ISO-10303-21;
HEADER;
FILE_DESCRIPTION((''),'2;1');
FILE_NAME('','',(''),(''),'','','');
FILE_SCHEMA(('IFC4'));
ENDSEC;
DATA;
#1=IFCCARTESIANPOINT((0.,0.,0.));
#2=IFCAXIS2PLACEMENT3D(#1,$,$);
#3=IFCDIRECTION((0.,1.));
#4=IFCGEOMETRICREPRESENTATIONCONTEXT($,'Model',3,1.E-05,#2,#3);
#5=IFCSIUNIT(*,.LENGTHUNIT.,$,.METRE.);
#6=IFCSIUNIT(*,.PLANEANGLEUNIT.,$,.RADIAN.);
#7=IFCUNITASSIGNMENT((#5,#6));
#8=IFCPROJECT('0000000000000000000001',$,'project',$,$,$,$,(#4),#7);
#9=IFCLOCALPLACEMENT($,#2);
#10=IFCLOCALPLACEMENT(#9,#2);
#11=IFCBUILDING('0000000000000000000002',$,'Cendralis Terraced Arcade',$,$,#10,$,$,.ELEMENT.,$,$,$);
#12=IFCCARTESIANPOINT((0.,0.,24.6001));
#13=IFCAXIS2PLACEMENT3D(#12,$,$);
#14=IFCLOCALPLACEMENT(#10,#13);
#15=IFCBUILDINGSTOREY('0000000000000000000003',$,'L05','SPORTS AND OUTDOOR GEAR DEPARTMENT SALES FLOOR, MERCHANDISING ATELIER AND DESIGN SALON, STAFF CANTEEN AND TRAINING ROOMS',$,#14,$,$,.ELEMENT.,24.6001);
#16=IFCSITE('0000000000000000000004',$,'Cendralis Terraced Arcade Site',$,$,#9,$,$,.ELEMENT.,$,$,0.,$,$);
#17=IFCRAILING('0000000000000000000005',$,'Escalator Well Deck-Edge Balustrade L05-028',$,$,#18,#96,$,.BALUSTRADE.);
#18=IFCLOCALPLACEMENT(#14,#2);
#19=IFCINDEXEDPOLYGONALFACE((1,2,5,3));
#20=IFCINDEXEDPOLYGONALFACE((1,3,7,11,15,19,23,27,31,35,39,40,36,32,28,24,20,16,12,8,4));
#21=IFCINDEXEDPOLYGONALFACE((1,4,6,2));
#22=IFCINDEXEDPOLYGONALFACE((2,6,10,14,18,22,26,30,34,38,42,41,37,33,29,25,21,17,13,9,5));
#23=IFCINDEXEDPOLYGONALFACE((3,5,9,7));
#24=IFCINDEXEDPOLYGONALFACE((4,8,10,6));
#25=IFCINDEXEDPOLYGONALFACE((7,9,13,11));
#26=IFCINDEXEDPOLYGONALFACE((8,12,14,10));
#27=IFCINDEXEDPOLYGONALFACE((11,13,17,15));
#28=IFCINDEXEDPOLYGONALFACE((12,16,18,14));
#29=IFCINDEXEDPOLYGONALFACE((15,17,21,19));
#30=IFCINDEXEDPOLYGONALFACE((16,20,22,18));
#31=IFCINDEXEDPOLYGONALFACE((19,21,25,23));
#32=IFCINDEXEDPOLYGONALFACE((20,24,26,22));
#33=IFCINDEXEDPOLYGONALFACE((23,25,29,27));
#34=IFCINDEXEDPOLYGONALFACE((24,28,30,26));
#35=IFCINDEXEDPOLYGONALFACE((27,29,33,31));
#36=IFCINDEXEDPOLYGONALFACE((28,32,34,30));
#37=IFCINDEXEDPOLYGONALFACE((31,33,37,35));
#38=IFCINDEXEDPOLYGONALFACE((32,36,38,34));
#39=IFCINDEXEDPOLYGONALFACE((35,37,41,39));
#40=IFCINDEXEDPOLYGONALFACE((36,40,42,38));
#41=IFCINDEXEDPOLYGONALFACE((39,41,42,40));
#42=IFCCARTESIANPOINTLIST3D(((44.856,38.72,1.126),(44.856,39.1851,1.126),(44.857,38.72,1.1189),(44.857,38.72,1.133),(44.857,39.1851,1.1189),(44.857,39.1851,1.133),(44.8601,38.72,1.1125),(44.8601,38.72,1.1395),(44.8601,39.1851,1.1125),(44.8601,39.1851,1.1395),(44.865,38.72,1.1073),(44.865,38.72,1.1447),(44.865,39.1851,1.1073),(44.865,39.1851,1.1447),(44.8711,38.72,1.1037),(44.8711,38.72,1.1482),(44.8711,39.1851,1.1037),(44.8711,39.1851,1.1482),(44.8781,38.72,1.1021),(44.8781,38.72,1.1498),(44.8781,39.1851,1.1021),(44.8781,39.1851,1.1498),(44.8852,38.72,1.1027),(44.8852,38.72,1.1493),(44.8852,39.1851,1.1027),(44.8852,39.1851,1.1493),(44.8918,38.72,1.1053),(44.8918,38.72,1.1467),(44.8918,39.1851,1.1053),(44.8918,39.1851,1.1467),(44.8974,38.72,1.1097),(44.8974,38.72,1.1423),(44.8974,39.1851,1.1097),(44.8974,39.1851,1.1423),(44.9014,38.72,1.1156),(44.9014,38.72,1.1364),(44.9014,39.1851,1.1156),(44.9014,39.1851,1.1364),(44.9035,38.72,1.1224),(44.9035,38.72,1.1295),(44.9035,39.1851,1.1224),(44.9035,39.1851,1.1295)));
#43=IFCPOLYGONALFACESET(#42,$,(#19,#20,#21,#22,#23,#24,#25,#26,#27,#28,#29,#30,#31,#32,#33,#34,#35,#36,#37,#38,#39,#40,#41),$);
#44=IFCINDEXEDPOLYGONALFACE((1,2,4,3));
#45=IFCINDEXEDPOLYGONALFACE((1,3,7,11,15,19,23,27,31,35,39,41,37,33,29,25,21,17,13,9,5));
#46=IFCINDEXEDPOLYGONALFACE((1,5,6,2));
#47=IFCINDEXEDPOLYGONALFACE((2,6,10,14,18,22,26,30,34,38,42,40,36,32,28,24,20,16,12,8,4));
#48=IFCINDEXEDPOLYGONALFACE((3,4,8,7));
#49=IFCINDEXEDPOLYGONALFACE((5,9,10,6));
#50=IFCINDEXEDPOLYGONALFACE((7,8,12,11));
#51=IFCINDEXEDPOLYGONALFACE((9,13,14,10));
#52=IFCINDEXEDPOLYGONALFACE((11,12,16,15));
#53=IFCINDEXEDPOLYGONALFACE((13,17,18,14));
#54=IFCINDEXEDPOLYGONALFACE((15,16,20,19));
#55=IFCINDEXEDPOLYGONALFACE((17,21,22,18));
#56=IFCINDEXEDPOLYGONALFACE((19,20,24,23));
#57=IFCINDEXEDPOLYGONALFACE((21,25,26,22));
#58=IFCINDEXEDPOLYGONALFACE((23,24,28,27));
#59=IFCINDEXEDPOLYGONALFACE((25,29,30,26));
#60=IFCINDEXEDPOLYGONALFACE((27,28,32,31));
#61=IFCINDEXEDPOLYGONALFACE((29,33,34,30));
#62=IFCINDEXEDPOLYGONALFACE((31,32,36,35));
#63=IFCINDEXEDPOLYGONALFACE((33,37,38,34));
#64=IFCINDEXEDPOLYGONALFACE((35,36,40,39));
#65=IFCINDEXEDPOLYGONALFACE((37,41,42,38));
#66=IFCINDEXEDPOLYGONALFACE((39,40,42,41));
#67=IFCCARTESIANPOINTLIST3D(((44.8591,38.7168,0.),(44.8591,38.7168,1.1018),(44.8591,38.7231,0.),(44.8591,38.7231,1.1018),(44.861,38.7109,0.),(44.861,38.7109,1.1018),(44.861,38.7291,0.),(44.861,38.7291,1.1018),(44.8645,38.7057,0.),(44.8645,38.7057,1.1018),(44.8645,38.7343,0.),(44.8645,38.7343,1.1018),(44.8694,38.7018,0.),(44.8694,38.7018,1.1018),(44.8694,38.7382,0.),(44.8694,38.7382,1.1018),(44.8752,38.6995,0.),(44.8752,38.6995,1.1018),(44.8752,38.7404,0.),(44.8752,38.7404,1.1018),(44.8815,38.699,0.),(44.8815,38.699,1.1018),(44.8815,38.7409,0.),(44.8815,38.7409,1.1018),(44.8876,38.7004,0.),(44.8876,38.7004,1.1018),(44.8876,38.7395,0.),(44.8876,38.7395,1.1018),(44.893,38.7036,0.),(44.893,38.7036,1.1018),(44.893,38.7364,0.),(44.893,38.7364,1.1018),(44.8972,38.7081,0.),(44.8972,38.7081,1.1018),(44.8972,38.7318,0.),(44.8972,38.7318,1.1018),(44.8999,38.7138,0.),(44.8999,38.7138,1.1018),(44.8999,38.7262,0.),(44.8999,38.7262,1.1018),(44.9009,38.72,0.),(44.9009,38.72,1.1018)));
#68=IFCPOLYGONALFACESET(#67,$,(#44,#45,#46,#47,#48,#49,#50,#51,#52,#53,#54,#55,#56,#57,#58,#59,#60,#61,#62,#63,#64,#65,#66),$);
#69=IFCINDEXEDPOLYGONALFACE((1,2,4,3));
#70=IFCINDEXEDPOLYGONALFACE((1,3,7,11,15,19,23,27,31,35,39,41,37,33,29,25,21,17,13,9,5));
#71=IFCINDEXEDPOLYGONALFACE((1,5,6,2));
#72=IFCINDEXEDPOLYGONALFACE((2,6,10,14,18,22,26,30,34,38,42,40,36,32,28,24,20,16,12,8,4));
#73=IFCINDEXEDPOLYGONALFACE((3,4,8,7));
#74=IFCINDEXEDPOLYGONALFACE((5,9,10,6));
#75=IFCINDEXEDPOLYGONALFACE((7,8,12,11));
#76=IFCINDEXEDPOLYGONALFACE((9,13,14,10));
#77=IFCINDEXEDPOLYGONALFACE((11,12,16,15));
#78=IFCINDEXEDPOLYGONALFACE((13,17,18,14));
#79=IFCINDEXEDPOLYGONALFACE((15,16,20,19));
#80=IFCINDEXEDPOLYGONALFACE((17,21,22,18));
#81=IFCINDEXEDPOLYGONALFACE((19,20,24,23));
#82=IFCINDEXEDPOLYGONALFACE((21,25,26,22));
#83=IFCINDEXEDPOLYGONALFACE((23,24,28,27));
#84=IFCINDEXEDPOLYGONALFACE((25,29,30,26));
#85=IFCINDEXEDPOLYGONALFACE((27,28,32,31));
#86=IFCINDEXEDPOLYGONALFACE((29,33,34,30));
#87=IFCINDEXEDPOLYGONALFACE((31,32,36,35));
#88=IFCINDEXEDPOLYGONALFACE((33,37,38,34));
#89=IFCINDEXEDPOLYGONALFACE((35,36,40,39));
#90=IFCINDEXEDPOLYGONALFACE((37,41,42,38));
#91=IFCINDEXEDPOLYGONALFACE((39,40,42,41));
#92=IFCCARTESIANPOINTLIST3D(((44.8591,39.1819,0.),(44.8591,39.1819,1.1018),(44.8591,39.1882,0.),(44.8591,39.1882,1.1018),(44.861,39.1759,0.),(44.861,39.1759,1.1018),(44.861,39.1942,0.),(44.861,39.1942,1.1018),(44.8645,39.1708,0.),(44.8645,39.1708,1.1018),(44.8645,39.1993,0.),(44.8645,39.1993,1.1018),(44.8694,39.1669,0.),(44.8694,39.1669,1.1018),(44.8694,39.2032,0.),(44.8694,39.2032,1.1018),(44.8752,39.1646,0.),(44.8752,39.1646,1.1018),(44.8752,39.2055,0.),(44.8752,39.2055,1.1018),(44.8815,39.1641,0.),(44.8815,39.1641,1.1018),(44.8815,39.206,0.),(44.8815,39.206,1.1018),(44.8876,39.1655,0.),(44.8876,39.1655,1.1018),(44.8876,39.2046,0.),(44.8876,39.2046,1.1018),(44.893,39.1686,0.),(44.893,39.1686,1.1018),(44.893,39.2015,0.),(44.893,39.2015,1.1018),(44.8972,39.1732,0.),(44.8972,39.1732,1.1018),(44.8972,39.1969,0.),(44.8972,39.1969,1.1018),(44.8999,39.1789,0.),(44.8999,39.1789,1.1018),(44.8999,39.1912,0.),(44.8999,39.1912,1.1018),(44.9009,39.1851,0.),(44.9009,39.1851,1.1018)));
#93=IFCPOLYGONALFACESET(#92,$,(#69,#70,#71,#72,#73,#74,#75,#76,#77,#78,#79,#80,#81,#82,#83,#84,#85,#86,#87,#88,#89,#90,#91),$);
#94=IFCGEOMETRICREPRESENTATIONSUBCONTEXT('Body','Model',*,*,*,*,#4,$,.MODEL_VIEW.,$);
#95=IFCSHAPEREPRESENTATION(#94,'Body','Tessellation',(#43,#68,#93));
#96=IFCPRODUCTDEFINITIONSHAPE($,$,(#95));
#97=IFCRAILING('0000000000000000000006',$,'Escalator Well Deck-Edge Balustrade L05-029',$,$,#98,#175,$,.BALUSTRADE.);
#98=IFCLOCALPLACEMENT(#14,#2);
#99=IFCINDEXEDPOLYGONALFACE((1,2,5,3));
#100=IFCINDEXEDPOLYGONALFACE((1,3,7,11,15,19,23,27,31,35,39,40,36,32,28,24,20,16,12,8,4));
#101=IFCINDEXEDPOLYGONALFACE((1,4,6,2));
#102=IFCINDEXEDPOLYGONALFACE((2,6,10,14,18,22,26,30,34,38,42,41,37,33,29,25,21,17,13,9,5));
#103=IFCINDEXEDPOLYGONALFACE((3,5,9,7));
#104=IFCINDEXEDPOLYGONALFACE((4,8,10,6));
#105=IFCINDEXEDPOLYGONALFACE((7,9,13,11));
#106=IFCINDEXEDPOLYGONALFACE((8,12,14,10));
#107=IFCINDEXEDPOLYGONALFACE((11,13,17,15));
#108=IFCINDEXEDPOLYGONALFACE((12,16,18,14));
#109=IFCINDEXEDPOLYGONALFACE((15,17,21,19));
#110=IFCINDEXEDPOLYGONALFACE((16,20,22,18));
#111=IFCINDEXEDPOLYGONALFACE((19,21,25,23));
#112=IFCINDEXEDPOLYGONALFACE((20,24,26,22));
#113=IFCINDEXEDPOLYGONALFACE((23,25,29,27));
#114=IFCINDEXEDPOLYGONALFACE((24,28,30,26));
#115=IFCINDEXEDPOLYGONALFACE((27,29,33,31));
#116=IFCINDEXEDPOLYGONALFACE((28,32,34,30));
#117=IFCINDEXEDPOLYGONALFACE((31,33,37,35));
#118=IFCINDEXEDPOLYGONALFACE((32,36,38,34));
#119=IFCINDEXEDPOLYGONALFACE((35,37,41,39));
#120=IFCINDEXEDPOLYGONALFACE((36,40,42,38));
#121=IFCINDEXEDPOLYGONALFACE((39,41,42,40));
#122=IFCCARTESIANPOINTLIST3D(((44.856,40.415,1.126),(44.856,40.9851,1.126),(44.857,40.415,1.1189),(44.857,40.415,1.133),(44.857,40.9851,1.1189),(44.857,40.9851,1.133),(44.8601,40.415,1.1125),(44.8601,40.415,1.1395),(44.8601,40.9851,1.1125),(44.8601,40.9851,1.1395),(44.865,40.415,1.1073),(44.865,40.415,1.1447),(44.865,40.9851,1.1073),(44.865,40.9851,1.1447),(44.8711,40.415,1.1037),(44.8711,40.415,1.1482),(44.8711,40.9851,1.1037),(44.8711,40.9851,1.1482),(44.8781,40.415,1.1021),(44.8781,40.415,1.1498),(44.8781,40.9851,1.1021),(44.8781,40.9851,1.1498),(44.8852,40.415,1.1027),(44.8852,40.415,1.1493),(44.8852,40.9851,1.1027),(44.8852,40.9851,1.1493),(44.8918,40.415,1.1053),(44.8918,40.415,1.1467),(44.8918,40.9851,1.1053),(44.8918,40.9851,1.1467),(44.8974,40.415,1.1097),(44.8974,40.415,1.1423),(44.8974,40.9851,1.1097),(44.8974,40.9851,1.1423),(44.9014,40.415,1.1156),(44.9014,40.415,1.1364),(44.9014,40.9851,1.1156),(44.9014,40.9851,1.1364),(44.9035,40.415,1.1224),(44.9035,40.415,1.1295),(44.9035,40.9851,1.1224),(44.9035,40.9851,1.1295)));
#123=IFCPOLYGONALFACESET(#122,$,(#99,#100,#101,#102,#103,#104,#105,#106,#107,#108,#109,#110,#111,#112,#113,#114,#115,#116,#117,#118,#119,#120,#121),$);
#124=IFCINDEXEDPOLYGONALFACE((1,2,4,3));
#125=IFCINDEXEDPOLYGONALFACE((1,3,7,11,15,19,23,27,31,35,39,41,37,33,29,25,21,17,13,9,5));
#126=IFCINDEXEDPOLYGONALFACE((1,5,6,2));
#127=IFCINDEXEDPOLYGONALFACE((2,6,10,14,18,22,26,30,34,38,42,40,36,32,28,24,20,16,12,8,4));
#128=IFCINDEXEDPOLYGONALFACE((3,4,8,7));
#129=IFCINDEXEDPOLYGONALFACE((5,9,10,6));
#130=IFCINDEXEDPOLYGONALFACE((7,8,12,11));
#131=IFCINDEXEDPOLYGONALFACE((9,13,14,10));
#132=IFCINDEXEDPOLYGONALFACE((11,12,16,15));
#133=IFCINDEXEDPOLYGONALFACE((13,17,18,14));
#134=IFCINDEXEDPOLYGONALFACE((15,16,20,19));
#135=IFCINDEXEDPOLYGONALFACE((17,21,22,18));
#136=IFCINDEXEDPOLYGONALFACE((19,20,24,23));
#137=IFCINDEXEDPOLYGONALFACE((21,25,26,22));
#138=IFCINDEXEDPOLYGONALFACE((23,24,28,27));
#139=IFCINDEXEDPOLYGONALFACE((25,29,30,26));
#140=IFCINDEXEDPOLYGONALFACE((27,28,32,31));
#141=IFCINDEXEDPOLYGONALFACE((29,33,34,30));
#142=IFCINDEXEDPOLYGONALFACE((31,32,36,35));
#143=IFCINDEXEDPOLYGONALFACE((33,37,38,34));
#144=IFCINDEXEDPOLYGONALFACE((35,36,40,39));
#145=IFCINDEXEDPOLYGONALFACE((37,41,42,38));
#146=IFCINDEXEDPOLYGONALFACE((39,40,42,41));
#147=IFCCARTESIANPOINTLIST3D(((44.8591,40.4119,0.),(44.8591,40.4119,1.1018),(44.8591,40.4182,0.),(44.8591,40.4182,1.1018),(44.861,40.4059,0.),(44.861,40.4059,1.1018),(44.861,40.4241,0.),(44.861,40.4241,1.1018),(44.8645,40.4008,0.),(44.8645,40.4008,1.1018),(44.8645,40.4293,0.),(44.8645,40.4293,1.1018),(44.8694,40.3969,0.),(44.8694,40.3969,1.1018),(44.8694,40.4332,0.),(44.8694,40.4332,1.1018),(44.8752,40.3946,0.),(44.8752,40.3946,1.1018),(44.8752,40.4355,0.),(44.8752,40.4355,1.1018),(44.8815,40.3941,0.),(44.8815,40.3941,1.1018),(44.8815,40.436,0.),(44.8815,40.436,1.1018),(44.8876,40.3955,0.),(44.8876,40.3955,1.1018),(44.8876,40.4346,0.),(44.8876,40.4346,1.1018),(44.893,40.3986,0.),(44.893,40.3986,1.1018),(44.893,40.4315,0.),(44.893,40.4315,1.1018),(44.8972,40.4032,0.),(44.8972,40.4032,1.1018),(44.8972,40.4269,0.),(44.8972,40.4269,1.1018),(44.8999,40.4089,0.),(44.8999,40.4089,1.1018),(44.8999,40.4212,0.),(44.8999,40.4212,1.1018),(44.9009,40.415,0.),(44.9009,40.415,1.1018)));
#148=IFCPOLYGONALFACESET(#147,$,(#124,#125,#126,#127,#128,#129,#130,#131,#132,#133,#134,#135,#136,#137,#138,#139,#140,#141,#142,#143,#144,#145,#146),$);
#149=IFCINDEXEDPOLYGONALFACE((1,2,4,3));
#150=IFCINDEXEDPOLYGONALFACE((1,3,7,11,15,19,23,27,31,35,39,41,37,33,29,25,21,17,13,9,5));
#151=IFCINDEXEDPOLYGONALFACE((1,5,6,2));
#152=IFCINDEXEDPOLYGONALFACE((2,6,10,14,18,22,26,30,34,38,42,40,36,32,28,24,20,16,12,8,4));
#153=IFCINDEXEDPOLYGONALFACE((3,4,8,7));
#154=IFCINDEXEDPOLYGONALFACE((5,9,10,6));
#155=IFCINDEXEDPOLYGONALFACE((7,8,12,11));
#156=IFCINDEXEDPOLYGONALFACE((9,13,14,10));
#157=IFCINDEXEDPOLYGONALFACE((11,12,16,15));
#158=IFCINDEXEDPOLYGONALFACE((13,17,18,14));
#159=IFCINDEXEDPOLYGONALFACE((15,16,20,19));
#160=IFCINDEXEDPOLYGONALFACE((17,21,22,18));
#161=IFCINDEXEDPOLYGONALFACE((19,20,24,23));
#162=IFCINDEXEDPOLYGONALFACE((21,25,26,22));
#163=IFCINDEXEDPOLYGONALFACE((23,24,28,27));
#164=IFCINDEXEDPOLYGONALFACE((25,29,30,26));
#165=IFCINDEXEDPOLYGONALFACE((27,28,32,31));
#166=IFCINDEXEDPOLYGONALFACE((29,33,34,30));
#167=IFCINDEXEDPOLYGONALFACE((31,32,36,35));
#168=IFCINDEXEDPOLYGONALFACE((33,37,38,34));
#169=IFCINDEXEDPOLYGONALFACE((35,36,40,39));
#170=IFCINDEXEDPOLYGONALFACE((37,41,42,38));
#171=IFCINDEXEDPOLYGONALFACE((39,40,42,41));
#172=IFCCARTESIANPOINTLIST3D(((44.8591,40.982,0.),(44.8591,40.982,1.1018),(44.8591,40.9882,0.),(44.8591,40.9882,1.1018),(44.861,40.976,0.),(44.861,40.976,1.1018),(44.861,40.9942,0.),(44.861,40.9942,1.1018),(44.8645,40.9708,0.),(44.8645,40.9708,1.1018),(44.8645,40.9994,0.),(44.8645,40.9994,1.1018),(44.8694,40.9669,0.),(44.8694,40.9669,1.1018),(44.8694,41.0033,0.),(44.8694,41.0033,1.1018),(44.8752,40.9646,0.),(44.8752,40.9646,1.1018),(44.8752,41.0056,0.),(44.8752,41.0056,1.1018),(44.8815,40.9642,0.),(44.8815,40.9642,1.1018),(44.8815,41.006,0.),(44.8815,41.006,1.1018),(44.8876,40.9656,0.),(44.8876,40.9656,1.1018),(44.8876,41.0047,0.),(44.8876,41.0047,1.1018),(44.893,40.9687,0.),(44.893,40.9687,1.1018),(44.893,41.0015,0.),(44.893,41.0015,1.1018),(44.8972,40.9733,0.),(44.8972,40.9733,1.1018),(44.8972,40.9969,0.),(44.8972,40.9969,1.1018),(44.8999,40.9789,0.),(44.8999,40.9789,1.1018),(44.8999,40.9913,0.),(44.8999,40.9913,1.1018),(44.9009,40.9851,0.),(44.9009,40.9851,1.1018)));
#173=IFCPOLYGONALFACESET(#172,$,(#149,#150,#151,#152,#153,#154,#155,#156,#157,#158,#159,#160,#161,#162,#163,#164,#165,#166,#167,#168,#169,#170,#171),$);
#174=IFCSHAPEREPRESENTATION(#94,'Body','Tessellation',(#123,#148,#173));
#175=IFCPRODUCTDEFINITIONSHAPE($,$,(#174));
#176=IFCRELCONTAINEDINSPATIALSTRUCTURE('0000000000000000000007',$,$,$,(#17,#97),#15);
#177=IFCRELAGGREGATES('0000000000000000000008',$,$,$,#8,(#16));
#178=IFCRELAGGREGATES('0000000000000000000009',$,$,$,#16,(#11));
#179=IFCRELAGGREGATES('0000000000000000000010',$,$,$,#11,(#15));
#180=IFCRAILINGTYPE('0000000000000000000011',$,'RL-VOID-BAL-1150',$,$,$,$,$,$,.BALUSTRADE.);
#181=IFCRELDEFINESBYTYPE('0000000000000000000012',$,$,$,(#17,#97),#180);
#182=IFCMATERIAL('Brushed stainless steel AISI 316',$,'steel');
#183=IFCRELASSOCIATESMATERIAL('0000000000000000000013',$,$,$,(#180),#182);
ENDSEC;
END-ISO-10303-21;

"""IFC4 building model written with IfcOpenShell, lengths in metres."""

from ifc_helpers import new_model, si_unit, direction, frame, origin, origin_2d, place, context, subcontext, project, spatial, circle, extrude, material, type_object, element, save


model = new_model("IFC4")

# Units and contexts
model_context = context("Model", 3, precision=1e-05, world=origin(), true_north=direction((0.0, 1.0)))
body_context = subcontext(model_context, "Body", "Model", "MODEL_VIEW")
ifc_project = project(units=[si_unit("LENGTHUNIT", "METRE"), si_unit("PLANEANGLEUNIT", "RADIAN")], contexts=[model_context])

# Site, building, storey
site_placement = place(None, origin())
site = spatial("IfcSite", under=ifc_project, at=site_placement, Name="Cendralis Terraced Arcade Site", CompositionType="ELEMENT", RefElevation=0.0)
building_placement = place(site_placement, origin())
building = spatial("IfcBuilding", under=site, at=building_placement, Name="Cendralis Terraced Arcade", CompositionType="ELEMENT")
storey_placement = place(building_placement, frame((0.0, 0.0, 24.6001)))
storey = spatial("IfcBuildingStorey", under=building, at=storey_placement, Name="L05", Description="SPORTS AND OUTDOOR GEAR DEPARTMENT SALES FLOOR, MERCHANDISING ATELIER AND DESIGN SALON, STAFF CANTEEN AND TRAINING ROOMS", CompositionType="ELEMENT", Elevation=24.6001)

# Railings
ifc_material_1 = material(Name="Brushed stainless steel AISI 316", Category="steel")
railing_type_1 = type_object("IfcRailingType", Name="RL-VOID-BAL-1150", PredefinedType="BALUSTRADE", material=ifc_material_1)
railing_1_placement = place(storey_placement, frame((44.8799, 38.72, 0.0)))
element("IfcRailing", 1, at=railing_1_placement, inside=storey, type_object=railing_type_1, Name="Escalator Well Deck-Edge Balustrade L05-028", PredefinedType="BALUSTRADE", context=body_context, shape_type="SweptSolid", body=[
    extrude(circle(Radius=0.0239, at=origin_2d()), frame((0.0, 0.0, 1.126), z_axis=(0.0, 1.0, 0.0), x_axis=(-1.0, 0.0, 0.0)), (0.0, 0.0, 1.0), 0.4651),
    extrude(circle(Radius=0.021, at=origin_2d()), origin(), (0.0, 0.0, 1.0), 1.1018),
    extrude(circle(Radius=0.021, at=origin_2d()), frame((0.0, 0.4651, 0.0)), (0.0, 0.0, 1.0), 1.1018),
])
railing_2_placement = place(storey_placement, frame((44.8799, 40.415, 0.0)))
element("IfcRailing", 2, at=railing_2_placement, inside=storey, type_object=railing_type_1, Name="Escalator Well Deck-Edge Balustrade L05-029", PredefinedType="BALUSTRADE", context=body_context, shape_type="SweptSolid", body=[
    extrude(circle(Radius=0.0239, at=origin_2d()), frame((0.0, 0.0, 1.126), z_axis=(0.0, 1.0, 0.0), x_axis=(-1.0, 0.0, 0.0)), (0.0, 0.0, 1.0), 0.5701),
    extrude(circle(Radius=0.021, at=origin_2d()), origin(), (0.0, 0.0, 1.0), 1.1018),
    extrude(circle(Radius=0.021, at=origin_2d()), frame((0.0, 0.5701, 0.0)), (0.0, 0.0, 1.0), 1.1018),
])

save(model, "model.ifc")
